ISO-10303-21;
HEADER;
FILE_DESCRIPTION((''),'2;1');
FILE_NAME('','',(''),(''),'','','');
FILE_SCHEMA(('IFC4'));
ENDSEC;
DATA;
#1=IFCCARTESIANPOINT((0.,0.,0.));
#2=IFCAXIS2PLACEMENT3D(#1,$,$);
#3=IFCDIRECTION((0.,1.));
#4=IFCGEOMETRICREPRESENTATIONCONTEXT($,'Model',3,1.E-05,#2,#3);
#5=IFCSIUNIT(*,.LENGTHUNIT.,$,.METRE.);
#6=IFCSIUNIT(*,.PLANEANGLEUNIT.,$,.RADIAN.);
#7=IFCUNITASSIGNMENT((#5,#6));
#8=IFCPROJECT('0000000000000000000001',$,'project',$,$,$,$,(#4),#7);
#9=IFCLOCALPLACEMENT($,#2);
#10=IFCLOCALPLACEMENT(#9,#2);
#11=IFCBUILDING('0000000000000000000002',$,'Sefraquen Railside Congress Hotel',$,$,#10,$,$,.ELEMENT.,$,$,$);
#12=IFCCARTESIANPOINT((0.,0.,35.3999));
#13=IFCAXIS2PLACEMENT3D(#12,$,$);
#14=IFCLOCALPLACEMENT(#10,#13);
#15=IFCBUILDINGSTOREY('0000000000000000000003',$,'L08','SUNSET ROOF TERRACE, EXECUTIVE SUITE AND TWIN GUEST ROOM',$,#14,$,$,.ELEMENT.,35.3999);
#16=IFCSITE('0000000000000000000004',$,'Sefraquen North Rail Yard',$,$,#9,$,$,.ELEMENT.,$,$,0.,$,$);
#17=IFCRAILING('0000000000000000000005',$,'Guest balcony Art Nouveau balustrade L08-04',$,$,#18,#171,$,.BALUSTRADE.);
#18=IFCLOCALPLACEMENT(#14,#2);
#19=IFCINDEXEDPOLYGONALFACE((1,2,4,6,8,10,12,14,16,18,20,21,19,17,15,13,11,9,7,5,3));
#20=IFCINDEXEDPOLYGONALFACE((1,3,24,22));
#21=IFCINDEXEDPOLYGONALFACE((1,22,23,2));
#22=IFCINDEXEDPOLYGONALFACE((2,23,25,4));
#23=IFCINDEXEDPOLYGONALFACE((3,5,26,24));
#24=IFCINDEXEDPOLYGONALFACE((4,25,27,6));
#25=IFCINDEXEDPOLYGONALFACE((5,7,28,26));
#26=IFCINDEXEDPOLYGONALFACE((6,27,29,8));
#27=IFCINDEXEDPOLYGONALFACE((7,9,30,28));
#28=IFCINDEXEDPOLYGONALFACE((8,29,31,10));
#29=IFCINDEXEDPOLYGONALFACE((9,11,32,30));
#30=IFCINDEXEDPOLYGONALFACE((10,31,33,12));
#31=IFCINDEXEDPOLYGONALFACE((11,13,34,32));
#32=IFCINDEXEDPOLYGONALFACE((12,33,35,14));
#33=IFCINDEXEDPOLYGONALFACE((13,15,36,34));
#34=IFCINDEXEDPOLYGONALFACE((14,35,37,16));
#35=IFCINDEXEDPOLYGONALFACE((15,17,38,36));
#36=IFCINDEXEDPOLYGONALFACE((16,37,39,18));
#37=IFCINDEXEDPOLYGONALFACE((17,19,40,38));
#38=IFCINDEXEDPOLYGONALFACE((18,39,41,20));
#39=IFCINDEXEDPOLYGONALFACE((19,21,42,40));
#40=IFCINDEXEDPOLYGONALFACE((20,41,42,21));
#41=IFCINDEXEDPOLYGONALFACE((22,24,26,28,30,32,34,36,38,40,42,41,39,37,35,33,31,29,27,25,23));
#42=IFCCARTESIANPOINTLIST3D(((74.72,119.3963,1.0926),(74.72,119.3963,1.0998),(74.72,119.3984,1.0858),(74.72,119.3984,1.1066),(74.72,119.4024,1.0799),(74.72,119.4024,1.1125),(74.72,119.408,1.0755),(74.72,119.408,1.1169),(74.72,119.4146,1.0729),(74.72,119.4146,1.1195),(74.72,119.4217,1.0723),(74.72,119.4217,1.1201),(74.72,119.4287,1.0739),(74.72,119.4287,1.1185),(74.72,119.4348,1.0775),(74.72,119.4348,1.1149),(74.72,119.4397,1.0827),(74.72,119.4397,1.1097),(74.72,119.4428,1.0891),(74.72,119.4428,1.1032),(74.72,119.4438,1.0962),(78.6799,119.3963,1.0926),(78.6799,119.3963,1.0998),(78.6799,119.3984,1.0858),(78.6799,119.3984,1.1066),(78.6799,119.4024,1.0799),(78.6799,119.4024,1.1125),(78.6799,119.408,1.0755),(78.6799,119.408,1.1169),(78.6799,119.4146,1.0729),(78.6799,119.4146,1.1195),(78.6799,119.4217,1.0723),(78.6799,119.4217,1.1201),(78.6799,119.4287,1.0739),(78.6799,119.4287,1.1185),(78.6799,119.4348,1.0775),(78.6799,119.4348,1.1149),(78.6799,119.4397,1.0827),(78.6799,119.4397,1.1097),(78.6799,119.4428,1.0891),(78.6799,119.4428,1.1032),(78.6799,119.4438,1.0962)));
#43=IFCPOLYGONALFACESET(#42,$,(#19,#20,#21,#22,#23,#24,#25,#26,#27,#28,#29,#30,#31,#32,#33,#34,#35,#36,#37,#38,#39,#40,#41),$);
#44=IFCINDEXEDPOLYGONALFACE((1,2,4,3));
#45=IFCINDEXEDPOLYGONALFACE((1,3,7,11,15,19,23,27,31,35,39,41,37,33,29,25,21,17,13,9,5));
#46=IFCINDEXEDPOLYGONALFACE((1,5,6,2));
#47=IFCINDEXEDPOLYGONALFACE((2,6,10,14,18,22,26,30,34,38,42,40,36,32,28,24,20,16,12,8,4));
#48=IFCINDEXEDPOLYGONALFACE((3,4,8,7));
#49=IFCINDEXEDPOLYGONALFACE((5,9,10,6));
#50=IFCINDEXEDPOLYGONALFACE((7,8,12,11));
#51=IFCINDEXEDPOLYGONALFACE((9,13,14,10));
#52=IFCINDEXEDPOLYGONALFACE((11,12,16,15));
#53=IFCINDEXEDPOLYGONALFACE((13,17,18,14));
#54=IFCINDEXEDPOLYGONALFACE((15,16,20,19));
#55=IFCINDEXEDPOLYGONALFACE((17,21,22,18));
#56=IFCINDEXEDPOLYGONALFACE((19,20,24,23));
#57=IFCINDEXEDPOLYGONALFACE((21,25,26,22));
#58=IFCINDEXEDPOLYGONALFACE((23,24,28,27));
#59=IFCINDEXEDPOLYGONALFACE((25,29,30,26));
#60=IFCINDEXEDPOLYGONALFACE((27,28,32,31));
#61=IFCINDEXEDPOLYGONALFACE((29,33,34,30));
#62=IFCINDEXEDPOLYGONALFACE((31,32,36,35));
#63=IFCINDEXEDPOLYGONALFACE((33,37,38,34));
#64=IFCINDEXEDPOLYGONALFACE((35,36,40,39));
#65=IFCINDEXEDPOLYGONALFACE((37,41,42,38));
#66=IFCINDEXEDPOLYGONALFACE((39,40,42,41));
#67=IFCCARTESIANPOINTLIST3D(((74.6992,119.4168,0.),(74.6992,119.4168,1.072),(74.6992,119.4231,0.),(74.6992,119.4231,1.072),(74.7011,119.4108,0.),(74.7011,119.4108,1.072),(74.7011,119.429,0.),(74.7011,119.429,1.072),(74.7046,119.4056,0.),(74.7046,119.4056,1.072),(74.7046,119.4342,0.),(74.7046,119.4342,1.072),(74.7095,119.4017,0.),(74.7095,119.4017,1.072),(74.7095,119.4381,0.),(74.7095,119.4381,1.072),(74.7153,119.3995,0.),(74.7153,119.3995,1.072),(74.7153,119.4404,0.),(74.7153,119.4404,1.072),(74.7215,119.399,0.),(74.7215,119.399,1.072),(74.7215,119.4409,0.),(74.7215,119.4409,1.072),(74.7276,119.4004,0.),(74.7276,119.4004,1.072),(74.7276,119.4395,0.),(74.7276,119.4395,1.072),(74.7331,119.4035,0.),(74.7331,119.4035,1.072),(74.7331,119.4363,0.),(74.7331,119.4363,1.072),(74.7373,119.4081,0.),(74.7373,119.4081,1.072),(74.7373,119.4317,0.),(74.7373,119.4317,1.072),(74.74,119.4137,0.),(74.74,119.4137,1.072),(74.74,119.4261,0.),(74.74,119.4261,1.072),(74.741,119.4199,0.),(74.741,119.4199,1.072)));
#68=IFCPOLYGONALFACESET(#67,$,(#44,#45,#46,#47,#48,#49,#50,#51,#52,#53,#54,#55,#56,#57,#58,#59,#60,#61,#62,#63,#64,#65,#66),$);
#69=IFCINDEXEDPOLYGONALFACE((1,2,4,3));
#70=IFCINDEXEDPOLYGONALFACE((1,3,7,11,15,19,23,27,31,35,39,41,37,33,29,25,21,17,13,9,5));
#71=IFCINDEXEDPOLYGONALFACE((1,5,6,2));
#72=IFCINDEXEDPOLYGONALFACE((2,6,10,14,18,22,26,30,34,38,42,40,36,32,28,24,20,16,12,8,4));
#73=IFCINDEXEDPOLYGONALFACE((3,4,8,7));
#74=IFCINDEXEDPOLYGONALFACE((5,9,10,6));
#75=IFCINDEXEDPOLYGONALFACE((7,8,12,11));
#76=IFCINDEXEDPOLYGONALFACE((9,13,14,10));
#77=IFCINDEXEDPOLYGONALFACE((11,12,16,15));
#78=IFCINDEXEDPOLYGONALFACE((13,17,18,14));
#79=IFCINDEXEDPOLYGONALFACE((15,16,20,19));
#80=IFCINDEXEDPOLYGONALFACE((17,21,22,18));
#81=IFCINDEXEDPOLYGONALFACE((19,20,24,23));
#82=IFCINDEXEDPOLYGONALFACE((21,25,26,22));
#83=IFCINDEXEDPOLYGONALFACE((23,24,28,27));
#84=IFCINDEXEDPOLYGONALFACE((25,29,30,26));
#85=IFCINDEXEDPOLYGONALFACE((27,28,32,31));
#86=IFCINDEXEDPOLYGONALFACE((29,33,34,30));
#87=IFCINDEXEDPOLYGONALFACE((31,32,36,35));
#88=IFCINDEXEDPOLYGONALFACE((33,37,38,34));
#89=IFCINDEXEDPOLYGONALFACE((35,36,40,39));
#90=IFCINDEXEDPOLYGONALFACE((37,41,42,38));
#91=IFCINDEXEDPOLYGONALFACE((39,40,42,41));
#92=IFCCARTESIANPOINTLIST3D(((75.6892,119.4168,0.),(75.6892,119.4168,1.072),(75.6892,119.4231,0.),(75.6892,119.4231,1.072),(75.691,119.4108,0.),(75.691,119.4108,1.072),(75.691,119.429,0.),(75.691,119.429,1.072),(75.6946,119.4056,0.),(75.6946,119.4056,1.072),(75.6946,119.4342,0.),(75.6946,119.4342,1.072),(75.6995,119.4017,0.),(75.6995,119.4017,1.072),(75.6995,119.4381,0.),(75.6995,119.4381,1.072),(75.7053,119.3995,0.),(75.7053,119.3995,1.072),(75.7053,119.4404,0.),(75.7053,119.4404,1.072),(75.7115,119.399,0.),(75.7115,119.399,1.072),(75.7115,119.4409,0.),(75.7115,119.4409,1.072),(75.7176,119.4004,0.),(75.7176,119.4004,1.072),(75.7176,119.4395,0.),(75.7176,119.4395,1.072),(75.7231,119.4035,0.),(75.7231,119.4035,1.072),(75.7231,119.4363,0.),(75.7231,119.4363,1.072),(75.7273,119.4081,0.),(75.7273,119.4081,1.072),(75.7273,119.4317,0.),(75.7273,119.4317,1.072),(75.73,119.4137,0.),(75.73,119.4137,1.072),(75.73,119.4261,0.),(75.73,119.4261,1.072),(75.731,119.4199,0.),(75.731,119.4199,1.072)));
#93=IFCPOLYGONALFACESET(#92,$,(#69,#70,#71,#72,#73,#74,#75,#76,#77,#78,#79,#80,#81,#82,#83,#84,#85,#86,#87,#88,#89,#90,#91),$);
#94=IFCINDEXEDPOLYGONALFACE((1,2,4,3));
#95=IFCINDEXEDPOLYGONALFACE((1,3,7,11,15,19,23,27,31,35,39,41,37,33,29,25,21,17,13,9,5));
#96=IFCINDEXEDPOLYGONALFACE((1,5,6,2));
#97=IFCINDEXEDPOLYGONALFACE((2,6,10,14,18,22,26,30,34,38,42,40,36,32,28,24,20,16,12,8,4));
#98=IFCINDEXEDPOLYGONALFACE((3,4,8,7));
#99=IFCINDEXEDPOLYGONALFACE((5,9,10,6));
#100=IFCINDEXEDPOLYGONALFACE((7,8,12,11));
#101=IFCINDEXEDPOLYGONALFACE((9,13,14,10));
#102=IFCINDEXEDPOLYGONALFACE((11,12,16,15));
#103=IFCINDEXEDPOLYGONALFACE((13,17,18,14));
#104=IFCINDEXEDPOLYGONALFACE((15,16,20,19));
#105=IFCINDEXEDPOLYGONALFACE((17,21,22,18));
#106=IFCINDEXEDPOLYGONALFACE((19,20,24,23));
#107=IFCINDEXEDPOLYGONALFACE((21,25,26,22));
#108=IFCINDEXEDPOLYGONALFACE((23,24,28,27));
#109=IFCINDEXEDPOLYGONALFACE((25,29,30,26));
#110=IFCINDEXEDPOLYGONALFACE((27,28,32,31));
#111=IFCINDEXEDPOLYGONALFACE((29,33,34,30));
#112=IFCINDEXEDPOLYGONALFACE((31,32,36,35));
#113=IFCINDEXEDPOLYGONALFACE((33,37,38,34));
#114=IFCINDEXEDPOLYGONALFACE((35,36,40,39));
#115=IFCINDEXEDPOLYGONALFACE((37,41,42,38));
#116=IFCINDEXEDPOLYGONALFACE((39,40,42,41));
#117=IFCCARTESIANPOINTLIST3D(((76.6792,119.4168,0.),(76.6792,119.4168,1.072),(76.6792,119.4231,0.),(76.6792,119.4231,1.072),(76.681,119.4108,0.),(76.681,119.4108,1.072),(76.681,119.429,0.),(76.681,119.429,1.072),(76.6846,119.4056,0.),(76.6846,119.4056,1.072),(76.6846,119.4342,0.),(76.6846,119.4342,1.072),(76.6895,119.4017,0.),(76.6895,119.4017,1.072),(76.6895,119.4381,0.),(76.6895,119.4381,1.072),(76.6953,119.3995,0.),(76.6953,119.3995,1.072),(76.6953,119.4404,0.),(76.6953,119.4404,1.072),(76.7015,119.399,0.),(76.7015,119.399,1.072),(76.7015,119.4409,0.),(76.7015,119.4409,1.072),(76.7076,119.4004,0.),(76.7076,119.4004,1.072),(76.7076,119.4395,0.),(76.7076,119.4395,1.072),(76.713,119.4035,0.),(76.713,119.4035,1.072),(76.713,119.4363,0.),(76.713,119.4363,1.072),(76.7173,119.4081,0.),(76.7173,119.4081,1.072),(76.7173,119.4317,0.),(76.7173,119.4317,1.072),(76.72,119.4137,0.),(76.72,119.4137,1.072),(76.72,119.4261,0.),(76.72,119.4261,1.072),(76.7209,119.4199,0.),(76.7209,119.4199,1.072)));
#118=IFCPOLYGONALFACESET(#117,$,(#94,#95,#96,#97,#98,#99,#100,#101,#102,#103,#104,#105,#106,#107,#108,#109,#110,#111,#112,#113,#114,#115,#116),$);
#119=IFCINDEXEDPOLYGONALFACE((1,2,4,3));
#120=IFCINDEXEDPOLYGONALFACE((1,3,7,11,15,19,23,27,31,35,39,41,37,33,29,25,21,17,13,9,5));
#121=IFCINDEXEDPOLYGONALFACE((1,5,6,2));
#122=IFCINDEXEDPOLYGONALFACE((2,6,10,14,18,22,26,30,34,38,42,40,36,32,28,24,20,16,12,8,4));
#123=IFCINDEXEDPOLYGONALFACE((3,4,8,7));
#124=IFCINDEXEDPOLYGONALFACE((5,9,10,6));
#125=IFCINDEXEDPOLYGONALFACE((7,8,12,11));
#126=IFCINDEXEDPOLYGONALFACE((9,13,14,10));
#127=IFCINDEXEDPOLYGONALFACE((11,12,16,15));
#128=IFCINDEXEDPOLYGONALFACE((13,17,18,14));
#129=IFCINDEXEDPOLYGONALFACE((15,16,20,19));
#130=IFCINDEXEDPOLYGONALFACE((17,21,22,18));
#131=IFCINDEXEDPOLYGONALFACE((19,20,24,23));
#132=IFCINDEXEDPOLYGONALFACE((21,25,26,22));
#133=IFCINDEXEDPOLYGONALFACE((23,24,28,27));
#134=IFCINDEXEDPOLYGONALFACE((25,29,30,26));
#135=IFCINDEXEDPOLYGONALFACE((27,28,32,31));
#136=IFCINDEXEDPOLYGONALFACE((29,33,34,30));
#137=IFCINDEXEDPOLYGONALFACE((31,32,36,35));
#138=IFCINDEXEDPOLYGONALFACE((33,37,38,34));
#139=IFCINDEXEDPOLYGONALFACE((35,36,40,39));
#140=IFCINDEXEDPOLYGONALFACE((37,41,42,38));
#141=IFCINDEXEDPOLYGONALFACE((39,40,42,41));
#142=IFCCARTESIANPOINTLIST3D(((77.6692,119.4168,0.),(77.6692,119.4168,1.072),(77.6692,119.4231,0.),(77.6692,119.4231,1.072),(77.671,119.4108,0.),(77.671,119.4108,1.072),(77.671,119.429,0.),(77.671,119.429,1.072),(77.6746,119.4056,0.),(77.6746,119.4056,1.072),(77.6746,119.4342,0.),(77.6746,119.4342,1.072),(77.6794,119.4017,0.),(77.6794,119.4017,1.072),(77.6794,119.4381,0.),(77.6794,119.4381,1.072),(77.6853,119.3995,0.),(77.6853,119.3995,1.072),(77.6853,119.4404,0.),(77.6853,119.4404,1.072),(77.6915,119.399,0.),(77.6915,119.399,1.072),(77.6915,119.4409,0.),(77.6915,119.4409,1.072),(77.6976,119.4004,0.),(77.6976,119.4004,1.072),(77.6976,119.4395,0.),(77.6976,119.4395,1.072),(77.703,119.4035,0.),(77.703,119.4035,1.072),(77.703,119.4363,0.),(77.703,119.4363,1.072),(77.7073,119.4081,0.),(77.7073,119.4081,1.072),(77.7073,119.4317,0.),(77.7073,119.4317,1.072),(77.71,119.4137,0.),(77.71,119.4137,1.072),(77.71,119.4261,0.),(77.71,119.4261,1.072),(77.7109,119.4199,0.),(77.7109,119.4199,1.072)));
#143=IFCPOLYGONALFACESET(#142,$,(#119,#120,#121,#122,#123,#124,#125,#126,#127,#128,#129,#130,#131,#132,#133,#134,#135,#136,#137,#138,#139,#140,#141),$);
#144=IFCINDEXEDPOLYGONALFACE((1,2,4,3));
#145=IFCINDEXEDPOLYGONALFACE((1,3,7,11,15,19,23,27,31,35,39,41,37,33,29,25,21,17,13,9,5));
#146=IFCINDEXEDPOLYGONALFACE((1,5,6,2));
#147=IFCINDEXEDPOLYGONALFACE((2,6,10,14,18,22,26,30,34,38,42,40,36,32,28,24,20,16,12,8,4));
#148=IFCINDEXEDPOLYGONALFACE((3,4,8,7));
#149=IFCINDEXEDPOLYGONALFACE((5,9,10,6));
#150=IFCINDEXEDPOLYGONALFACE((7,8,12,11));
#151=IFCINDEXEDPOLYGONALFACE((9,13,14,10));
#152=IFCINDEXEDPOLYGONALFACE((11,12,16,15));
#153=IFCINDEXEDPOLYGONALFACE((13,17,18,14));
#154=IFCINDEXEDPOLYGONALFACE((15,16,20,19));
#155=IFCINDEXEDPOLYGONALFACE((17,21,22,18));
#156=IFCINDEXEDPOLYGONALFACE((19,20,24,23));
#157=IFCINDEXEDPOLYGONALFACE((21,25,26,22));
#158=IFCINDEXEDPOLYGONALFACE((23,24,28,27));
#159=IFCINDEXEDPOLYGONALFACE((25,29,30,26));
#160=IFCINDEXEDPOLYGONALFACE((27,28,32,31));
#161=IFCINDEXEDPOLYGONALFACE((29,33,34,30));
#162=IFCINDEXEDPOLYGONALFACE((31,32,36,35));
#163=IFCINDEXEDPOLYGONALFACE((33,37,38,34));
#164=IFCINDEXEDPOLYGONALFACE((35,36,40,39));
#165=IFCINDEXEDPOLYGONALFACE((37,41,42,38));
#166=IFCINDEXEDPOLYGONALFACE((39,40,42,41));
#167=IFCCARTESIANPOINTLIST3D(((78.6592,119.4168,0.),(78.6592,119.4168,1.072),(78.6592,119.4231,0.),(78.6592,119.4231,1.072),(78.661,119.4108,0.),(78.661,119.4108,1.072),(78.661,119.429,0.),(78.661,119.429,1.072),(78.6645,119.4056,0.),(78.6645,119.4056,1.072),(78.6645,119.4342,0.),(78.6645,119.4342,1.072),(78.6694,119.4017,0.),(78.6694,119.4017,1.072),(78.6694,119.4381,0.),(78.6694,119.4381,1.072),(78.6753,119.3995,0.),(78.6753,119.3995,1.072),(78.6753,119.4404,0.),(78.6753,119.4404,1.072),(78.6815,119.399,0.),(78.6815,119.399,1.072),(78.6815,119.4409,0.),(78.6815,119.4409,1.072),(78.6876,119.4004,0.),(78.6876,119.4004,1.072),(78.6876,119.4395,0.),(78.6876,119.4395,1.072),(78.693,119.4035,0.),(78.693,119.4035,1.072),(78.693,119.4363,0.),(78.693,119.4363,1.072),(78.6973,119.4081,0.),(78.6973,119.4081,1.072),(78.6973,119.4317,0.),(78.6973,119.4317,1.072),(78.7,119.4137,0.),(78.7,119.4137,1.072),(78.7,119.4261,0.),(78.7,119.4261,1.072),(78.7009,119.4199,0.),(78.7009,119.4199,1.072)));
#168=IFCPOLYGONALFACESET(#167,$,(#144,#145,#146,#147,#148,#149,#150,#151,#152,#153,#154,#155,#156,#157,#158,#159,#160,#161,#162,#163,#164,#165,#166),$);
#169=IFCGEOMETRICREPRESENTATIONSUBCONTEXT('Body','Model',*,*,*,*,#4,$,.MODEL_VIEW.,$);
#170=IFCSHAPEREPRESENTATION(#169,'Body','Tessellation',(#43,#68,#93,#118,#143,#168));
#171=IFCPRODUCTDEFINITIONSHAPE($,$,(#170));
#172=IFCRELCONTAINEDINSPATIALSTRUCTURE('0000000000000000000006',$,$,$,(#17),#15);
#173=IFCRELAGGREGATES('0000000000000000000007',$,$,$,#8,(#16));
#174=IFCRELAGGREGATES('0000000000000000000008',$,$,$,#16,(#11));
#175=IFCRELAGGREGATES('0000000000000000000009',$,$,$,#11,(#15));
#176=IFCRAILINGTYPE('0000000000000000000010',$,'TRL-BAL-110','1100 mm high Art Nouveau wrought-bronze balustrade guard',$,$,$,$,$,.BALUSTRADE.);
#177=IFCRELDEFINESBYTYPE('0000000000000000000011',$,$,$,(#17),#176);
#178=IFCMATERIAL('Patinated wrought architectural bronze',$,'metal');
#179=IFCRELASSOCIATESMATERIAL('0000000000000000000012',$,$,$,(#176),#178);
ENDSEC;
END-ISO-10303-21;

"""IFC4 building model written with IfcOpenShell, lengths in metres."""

from ifc_helpers import new_model, si_unit, direction, frame, origin, origin_2d, place, context, subcontext, project, spatial, circle, extrude, material, type_object, element, save


model = new_model("IFC4")

# Units and contexts
model_context = context("Model", 3, precision=1e-05, world=origin(), true_north=direction((0.0, 1.0)))
body_context = subcontext(model_context, "Body", "Model", "MODEL_VIEW")
ifc_project = project(units=[si_unit("LENGTHUNIT", "METRE"), si_unit("PLANEANGLEUNIT", "RADIAN")], contexts=[model_context])

# Site, building, storey
site_placement = place(None, origin())
site = spatial("IfcSite", under=ifc_project, at=site_placement, Name="Sefraquen North Rail Yard", CompositionType="ELEMENT", RefElevation=0.0)
building_placement = place(site_placement, origin())
building = spatial("IfcBuilding", under=site, at=building_placement, Name="Sefraquen Railside Congress Hotel", CompositionType="ELEMENT")
storey_placement = place(building_placement, frame((0.0, 0.0, 35.3999)))
storey = spatial("IfcBuildingStorey", under=building, at=storey_placement, Name="L08", Description="SUNSET ROOF TERRACE, EXECUTIVE SUITE AND TWIN GUEST ROOM", CompositionType="ELEMENT", Elevation=35.3999)

# Railing
ifc_material_1 = material(Name="Patinated wrought architectural bronze", Category="metal")
railing_type = type_object("IfcRailingType", Name="TRL-BAL-110", Description="1100 mm high Art Nouveau wrought-bronze balustrade guard", PredefinedType="BALUSTRADE", material=ifc_material_1)
railing_1_placement = place(storey_placement, frame((74.72, 119.4199, 0.0)))
element("IfcRailing", 1, at=railing_1_placement, inside=storey, type_object=railing_type, Name="Guest balcony Art Nouveau balustrade L08-04", PredefinedType="BALUSTRADE", context=body_context, shape_type="SweptSolid", body=[
    extrude(circle(Radius=0.0239, at=origin_2d()), frame((0.0, 0.0, 1.0962), z_axis=(1.0, 0.0, 0.0), x_axis=(0.0, 1.0, 0.0)), (0.0, 0.0, 1.0), 3.96),
    extrude(circle(Radius=0.021, at=origin_2d()), origin(), (0.0, 0.0, 1.0), 1.072),
    extrude(circle(Radius=0.021, at=origin_2d()), frame((0.99, 0.0, 0.0)), (0.0, 0.0, 1.0), 1.072),
    extrude(circle(Radius=0.021, at=origin_2d()), frame((1.98, 0.0, 0.0)), (0.0, 0.0, 1.0), 1.072),
    extrude(circle(Radius=0.021, at=origin_2d()), frame((2.97, 0.0, 0.0)), (0.0, 0.0, 1.0), 1.072),
    extrude(circle(Radius=0.021, at=origin_2d()), frame((3.96, 0.0, 0.0)), (0.0, 0.0, 1.0), 1.072),
])

save(model, "model.ifc")
